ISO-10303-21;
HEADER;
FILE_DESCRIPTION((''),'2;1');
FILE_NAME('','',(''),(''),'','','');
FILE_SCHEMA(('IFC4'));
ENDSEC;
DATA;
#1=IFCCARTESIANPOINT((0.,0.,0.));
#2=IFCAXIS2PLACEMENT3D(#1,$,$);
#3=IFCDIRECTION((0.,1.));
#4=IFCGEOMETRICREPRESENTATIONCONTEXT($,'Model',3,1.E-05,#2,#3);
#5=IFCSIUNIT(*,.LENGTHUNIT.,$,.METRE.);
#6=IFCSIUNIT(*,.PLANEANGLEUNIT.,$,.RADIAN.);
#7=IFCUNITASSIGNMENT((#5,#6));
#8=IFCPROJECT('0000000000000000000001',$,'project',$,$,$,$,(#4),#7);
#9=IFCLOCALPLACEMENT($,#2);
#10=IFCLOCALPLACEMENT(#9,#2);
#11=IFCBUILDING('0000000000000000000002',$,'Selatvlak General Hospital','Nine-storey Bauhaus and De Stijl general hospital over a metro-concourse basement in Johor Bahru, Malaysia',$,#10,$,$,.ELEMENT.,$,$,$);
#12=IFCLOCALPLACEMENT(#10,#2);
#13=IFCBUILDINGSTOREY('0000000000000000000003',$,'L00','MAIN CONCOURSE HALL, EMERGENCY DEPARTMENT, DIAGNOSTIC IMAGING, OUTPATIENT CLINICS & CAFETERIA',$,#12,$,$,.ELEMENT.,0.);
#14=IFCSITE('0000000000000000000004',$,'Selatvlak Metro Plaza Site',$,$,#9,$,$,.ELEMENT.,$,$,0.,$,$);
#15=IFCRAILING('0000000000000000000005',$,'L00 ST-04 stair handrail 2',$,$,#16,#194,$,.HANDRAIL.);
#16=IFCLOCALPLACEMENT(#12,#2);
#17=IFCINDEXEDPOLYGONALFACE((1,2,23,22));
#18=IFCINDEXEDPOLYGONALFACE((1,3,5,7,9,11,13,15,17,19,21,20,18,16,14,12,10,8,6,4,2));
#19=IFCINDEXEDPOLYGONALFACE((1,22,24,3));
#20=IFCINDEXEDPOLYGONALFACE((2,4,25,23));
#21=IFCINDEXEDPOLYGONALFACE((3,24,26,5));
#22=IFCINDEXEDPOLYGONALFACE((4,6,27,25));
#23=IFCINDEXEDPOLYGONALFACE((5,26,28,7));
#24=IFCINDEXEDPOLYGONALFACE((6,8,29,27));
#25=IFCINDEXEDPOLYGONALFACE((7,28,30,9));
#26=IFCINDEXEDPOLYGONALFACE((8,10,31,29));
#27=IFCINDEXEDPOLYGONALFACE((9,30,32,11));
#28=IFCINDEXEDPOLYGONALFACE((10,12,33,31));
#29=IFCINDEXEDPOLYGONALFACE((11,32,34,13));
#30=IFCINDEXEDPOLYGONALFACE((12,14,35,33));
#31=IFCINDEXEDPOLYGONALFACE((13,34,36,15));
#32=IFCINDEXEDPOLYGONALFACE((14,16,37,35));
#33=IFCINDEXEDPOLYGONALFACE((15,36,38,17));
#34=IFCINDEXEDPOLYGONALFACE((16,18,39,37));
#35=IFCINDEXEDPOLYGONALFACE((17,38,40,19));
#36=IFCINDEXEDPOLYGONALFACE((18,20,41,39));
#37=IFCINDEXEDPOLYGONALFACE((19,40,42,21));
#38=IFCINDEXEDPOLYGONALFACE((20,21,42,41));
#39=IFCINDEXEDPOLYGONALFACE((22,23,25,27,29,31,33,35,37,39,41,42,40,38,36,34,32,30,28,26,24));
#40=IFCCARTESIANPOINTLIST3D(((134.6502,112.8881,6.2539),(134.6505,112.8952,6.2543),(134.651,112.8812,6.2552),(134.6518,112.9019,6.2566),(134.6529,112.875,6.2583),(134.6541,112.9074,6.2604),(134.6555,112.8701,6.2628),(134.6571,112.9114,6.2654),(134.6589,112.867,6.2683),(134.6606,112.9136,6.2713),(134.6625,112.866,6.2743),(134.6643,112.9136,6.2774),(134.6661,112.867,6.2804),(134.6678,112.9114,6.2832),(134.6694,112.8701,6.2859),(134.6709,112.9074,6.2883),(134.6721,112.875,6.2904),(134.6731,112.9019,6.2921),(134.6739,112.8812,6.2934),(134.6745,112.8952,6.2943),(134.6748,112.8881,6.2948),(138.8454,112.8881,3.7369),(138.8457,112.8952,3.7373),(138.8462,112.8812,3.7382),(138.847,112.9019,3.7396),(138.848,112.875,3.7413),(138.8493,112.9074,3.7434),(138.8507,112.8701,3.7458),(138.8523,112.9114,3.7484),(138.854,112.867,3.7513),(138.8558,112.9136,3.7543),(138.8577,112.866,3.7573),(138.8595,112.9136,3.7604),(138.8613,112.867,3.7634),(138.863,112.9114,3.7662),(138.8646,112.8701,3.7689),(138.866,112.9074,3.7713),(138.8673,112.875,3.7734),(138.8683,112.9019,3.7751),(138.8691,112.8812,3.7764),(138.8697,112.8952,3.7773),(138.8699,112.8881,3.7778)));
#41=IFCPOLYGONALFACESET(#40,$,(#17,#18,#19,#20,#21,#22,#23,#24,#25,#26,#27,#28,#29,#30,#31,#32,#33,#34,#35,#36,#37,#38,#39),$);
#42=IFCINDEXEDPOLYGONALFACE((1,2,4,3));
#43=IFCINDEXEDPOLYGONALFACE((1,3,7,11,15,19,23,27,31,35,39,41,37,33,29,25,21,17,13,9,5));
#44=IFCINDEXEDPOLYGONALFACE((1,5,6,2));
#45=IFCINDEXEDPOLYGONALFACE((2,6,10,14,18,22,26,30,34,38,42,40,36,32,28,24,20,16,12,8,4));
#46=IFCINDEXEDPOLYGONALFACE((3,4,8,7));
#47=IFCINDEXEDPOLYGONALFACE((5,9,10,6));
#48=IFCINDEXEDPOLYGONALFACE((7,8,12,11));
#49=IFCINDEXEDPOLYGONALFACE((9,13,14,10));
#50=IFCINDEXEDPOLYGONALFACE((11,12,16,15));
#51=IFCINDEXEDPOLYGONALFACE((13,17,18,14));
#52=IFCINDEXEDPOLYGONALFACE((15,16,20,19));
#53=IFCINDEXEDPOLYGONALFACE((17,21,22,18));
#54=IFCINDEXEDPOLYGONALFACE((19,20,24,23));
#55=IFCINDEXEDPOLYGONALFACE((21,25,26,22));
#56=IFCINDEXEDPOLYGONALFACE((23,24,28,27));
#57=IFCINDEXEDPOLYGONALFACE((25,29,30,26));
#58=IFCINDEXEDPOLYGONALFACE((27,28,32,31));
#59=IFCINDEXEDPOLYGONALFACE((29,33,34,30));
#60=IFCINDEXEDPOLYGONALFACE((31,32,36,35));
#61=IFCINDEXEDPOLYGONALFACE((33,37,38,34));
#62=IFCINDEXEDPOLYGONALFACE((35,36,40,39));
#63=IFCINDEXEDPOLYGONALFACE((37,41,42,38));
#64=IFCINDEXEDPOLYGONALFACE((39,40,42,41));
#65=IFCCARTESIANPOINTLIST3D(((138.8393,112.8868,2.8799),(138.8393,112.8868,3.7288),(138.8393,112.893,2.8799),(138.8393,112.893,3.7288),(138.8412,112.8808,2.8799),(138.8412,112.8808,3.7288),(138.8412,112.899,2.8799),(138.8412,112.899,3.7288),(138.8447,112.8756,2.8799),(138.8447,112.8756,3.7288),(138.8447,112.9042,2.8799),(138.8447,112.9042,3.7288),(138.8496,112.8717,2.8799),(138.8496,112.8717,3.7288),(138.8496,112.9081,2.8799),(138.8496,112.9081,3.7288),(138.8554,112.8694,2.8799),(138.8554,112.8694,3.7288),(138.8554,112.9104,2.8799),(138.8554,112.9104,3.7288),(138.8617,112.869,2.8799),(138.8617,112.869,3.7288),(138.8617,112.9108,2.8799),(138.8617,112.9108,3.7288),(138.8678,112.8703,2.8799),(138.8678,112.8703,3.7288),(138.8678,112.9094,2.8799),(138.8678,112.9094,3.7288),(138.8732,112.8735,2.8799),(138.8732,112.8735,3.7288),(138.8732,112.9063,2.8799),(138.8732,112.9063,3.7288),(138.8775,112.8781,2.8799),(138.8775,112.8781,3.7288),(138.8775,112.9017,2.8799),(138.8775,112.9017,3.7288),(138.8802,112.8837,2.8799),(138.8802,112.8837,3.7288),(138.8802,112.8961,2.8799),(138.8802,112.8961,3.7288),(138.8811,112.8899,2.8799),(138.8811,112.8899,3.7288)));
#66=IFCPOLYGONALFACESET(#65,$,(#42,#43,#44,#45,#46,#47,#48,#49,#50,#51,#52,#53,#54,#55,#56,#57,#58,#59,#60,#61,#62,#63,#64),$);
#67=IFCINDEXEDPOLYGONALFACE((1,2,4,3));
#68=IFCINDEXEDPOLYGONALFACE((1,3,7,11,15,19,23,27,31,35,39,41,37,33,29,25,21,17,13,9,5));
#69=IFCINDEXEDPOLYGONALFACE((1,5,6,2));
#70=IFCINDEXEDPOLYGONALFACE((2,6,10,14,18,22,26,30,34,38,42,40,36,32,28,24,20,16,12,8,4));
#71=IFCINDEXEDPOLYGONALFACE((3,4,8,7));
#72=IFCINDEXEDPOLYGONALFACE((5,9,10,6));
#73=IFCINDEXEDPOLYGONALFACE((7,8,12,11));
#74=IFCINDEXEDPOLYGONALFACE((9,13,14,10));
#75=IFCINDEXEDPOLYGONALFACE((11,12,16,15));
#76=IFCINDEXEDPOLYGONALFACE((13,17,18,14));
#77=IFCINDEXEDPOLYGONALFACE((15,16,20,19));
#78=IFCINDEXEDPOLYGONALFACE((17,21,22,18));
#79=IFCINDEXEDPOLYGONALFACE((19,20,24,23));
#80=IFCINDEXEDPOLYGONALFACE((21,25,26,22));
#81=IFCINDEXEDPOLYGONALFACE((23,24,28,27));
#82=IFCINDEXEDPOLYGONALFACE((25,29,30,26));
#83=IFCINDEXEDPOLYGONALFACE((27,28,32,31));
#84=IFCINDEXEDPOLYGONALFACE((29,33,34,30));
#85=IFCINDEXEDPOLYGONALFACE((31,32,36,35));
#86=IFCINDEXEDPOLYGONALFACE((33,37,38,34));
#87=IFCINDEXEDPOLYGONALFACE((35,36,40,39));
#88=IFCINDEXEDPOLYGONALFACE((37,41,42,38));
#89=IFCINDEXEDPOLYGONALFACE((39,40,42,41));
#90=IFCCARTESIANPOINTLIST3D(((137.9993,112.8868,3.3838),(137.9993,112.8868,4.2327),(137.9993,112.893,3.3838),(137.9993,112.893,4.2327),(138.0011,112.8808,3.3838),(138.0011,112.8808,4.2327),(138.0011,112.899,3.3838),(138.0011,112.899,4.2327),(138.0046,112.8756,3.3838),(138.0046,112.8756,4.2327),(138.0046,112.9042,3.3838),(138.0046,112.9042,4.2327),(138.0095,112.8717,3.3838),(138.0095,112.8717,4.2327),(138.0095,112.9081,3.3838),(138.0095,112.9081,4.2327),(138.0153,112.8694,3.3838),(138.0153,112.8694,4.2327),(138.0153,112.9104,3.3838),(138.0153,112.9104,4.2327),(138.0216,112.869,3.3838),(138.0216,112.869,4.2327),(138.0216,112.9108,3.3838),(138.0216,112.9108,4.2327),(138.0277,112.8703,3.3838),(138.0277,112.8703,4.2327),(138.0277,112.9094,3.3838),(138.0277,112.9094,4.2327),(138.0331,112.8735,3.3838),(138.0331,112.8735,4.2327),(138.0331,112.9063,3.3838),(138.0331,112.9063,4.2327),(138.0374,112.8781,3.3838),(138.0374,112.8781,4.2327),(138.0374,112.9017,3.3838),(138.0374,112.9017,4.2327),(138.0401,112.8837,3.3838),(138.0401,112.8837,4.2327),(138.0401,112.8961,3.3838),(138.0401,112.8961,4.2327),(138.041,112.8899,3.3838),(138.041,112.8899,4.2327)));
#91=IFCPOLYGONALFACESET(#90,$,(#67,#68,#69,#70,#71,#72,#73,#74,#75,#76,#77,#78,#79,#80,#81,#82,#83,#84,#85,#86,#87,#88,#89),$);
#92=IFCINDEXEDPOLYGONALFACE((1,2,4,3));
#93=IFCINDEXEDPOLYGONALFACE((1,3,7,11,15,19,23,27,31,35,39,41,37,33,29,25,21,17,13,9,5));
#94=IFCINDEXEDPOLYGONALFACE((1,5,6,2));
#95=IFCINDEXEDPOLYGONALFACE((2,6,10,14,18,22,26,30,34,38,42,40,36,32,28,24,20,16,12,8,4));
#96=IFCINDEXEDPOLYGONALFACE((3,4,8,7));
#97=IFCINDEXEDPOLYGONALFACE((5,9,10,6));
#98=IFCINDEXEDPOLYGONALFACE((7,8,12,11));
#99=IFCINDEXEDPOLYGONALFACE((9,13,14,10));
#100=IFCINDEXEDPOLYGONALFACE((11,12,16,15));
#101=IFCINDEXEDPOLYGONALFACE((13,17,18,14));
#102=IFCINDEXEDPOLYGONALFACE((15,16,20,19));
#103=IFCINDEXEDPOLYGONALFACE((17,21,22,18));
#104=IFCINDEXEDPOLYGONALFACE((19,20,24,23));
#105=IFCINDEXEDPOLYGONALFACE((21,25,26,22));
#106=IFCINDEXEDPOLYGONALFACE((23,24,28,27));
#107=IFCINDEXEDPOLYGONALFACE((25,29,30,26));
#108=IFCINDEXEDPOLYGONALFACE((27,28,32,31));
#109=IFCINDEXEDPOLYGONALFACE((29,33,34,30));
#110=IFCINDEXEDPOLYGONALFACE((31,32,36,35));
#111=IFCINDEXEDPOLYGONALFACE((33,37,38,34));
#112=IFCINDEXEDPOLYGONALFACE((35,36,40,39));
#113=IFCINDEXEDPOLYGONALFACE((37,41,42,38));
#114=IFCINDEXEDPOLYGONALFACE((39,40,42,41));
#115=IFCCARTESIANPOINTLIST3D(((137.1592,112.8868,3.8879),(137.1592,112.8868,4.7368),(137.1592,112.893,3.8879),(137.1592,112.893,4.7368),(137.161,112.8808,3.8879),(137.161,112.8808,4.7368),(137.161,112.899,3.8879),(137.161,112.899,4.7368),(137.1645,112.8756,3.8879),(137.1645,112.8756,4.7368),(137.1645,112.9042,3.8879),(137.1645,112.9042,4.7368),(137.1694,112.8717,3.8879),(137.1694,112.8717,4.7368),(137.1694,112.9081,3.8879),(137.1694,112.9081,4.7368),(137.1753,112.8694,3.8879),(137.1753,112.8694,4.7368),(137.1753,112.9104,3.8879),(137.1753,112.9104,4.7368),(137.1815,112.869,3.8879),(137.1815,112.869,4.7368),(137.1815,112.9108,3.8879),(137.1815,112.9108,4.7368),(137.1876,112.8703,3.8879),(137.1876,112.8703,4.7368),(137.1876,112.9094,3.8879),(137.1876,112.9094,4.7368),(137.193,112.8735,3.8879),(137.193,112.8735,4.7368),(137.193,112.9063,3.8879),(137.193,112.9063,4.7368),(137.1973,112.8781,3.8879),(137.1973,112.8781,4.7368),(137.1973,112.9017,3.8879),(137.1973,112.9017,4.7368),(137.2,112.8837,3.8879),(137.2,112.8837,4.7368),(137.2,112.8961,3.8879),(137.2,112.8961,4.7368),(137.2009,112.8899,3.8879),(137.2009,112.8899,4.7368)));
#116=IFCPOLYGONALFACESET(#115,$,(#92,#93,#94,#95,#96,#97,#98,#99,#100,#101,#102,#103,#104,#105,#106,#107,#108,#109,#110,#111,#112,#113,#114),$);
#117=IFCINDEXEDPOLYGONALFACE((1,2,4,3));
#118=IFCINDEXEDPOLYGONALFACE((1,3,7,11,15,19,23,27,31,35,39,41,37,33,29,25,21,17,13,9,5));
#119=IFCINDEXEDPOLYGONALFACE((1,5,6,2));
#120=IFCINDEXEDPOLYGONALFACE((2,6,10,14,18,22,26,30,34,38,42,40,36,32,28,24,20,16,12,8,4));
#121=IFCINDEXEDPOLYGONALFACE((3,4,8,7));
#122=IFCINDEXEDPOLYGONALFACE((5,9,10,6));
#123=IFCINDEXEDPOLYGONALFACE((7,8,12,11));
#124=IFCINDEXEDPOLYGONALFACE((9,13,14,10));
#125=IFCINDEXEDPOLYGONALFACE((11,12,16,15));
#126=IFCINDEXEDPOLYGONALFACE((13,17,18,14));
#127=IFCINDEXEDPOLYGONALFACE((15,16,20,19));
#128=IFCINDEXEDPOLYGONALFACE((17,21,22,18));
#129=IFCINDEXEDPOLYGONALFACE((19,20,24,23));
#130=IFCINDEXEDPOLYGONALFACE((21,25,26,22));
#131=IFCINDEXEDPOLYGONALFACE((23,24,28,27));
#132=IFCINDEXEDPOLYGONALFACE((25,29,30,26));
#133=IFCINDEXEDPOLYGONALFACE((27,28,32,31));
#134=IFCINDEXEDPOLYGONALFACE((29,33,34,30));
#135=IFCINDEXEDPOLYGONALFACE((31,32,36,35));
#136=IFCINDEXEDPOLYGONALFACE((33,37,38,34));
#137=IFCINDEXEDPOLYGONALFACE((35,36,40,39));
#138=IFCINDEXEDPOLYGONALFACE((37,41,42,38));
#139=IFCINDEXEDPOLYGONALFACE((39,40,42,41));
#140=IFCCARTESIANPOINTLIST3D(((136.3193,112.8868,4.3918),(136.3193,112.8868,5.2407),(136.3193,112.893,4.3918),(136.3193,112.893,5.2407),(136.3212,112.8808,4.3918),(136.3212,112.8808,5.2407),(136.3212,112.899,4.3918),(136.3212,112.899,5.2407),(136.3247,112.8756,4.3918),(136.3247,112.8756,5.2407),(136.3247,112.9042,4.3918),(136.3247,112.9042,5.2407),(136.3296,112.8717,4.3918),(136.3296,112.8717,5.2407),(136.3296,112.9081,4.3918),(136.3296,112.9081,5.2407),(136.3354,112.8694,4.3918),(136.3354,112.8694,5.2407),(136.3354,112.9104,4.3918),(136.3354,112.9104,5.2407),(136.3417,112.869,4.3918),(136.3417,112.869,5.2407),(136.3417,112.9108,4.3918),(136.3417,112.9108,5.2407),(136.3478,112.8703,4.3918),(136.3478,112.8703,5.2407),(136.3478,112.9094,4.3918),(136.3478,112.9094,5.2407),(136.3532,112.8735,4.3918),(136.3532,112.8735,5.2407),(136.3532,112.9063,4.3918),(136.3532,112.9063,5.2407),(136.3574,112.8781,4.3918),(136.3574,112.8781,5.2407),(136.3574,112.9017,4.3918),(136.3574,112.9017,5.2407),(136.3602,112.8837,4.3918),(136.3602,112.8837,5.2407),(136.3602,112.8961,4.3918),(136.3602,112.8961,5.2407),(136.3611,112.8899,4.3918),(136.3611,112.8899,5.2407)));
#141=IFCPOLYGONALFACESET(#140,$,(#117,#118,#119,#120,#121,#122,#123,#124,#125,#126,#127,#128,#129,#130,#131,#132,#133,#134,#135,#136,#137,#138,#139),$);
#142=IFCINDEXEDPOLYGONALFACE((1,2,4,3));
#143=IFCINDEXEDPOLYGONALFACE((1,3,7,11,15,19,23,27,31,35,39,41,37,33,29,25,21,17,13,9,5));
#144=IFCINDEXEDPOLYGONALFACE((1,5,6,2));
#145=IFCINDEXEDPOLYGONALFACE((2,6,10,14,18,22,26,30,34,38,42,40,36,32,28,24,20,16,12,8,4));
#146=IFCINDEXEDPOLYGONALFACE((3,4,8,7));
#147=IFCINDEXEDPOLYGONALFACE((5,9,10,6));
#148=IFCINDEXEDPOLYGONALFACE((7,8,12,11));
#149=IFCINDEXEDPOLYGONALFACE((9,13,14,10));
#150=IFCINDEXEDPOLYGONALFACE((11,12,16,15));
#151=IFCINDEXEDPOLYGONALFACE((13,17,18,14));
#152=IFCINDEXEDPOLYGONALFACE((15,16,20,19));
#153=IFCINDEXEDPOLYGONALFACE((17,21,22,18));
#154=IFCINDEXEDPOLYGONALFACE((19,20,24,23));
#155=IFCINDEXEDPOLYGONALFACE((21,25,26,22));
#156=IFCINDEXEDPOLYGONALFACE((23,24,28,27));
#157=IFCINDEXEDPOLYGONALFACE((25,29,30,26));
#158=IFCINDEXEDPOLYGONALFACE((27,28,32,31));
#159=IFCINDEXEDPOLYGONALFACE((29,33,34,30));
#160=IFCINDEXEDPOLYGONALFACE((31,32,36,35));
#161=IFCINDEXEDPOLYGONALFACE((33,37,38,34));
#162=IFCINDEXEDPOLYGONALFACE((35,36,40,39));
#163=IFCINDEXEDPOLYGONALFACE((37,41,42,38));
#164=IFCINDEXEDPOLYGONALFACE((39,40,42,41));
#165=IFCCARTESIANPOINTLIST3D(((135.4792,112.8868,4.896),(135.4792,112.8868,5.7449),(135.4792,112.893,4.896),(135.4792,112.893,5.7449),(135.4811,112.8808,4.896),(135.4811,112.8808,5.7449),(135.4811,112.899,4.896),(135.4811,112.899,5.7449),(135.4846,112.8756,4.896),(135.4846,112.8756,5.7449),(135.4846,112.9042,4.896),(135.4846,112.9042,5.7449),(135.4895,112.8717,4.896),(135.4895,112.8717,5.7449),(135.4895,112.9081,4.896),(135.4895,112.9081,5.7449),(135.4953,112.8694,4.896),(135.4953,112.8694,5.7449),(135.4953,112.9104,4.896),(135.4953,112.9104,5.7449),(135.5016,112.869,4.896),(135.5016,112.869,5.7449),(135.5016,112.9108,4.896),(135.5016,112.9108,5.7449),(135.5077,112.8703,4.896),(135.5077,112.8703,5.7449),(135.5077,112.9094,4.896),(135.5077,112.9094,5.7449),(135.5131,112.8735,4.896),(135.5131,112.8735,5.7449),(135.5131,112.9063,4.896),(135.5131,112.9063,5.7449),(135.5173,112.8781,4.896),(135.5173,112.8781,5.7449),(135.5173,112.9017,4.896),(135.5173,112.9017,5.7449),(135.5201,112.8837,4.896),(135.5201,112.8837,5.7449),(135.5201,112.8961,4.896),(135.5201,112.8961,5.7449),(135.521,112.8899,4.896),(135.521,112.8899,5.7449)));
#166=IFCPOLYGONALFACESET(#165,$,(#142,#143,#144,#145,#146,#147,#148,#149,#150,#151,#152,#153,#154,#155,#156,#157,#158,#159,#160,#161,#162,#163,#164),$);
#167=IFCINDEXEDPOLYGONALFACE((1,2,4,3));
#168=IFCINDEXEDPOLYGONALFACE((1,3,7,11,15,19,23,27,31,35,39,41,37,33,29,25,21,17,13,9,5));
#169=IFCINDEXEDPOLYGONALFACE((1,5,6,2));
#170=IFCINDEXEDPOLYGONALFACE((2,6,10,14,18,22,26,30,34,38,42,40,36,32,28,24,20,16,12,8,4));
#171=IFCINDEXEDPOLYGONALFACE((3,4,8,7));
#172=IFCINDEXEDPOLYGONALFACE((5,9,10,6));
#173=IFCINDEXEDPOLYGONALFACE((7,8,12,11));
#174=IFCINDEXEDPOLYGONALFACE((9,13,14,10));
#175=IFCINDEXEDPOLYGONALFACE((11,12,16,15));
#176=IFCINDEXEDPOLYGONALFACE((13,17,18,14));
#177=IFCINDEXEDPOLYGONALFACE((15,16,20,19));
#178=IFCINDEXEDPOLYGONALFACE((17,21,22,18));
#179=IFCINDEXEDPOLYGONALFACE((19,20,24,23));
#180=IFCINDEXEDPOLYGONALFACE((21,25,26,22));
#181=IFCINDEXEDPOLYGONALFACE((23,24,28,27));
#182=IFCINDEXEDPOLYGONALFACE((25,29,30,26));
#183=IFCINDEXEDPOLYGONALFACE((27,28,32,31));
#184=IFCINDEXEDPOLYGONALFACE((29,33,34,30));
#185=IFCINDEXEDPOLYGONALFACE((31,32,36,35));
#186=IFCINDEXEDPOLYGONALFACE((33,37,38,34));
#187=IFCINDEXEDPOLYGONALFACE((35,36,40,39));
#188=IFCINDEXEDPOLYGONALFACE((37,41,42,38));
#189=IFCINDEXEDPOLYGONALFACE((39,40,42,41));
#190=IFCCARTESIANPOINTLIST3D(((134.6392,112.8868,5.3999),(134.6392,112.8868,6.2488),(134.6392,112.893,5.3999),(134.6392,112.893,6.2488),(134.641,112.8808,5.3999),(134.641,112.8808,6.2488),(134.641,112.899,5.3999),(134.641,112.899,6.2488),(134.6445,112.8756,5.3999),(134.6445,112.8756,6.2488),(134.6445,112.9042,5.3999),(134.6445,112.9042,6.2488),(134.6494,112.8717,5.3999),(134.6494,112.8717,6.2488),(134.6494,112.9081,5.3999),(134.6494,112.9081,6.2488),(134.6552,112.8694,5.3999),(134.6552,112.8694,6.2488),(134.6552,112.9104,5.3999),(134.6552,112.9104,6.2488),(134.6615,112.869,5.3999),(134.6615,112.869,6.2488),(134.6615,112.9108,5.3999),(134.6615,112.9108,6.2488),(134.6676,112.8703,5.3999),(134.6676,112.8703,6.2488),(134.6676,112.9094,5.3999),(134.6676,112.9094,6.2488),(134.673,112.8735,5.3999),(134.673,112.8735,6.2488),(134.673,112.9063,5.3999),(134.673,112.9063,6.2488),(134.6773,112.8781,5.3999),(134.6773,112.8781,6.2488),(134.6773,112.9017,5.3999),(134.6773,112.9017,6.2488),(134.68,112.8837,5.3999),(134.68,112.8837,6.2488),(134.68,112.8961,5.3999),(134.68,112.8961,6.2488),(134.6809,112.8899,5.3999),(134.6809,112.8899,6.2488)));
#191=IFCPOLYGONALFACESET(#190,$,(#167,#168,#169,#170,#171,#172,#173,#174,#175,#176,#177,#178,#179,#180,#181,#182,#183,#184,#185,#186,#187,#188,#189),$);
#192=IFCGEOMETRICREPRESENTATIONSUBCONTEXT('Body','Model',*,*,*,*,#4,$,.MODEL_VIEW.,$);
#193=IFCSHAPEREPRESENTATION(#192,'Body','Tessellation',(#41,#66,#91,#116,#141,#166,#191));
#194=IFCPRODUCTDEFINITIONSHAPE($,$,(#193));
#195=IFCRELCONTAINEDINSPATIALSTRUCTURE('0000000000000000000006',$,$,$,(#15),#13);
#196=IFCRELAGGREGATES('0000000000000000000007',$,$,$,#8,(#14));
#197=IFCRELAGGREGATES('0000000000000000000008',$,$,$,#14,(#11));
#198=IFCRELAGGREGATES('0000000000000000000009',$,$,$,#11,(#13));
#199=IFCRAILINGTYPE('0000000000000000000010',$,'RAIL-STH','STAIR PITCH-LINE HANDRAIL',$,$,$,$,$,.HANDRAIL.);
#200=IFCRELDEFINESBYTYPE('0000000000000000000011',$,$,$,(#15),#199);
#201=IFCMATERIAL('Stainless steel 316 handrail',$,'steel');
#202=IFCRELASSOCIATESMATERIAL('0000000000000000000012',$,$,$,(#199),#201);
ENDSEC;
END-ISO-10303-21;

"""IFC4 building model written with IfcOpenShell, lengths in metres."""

from ifc_helpers import new_model, si_unit, direction, frame, origin, origin_2d, place, context, subcontext, project, spatial, circle, extrude, material, type_object, element, save


model = new_model("IFC4")

# Units and contexts
model_context = context("Model", 3, precision=1e-05, world=origin(), true_north=direction((0.0, 1.0)))
body_context = subcontext(model_context, "Body", "Model", "MODEL_VIEW")
ifc_project = project(units=[si_unit("LENGTHUNIT", "METRE"), si_unit("PLANEANGLEUNIT", "RADIAN")], contexts=[model_context])

# Site, building, storey
site_placement = place(None, origin())
site = spatial("IfcSite", under=ifc_project, at=site_placement, Name="Selatvlak Metro Plaza Site", CompositionType="ELEMENT", RefElevation=0.0)
building_placement = place(site_placement, origin())
building = spatial("IfcBuilding", under=site, at=building_placement, Name="Selatvlak General Hospital", Description="Nine-storey Bauhaus and De Stijl general hospital over a metro-concourse basement in Johor Bahru, Malaysia", CompositionType="ELEMENT")
storey_placement = place(building_placement, origin())
storey = spatial("IfcBuildingStorey", under=building, at=storey_placement, Name="L00", Description="MAIN CONCOURSE HALL, EMERGENCY DEPARTMENT, DIAGNOSTIC IMAGING, OUTPATIENT CLINICS & CAFETERIA", CompositionType="ELEMENT", Elevation=0.0)

# Railing
ifc_material_1 = material(Name="Stainless steel 316 handrail", Category="steel")
railing_type_1 = type_object("IfcRailingType", Name="RAIL-STH", Description="STAIR PITCH-LINE HANDRAIL", PredefinedType="HANDRAIL", material=ifc_material_1)
railing_1_placement = place(storey_placement, frame((138.8601, 112.8899, 2.8799)))
element("IfcRailing", 1, at=railing_1_placement, inside=storey, type_object=railing_type_1, Name="L00 ST-04 stair handrail 2", PredefinedType="HANDRAIL", context=body_context, shape_type="SweptSolid", body=[
    extrude(circle(Radius=0.0239, at=origin_2d()), frame((-0.0024, 0.0, 0.8774), z_axis=(-0.857502, 0.0, 0.514481), x_axis=(0.0, -1.0, 0.0)), (0.0, 0.0, 1.0), 4.8923),
    extrude(circle(Radius=0.021, at=origin_2d()), origin(), (0.0, 0.0, 1.0), 0.8489),
    extrude(circle(Radius=0.021, at=origin_2d()), frame((-0.8401, 0.0, 0.5039)), (0.0, 0.0, 1.0), 0.8489),
    extrude(circle(Radius=0.021, at=origin_2d()), frame((-1.6802, 0.0, 1.0081)), (0.0, 0.0, 1.0), 0.8489),
    extrude(circle(Radius=0.021, at=origin_2d()), frame((-2.52, 0.0, 1.512)), (0.0, 0.0, 1.0), 0.8489),
    extrude(circle(Radius=0.021, at=origin_2d()), frame((-3.3601, 0.0, 2.0161)), (0.0, 0.0, 1.0), 0.8489),
    extrude(circle(Radius=0.021, at=origin_2d()), frame((-4.2002, 0.0, 2.52)), (0.0, 0.0, 1.0), 0.8489),
])

save(model, "model.ifc")
